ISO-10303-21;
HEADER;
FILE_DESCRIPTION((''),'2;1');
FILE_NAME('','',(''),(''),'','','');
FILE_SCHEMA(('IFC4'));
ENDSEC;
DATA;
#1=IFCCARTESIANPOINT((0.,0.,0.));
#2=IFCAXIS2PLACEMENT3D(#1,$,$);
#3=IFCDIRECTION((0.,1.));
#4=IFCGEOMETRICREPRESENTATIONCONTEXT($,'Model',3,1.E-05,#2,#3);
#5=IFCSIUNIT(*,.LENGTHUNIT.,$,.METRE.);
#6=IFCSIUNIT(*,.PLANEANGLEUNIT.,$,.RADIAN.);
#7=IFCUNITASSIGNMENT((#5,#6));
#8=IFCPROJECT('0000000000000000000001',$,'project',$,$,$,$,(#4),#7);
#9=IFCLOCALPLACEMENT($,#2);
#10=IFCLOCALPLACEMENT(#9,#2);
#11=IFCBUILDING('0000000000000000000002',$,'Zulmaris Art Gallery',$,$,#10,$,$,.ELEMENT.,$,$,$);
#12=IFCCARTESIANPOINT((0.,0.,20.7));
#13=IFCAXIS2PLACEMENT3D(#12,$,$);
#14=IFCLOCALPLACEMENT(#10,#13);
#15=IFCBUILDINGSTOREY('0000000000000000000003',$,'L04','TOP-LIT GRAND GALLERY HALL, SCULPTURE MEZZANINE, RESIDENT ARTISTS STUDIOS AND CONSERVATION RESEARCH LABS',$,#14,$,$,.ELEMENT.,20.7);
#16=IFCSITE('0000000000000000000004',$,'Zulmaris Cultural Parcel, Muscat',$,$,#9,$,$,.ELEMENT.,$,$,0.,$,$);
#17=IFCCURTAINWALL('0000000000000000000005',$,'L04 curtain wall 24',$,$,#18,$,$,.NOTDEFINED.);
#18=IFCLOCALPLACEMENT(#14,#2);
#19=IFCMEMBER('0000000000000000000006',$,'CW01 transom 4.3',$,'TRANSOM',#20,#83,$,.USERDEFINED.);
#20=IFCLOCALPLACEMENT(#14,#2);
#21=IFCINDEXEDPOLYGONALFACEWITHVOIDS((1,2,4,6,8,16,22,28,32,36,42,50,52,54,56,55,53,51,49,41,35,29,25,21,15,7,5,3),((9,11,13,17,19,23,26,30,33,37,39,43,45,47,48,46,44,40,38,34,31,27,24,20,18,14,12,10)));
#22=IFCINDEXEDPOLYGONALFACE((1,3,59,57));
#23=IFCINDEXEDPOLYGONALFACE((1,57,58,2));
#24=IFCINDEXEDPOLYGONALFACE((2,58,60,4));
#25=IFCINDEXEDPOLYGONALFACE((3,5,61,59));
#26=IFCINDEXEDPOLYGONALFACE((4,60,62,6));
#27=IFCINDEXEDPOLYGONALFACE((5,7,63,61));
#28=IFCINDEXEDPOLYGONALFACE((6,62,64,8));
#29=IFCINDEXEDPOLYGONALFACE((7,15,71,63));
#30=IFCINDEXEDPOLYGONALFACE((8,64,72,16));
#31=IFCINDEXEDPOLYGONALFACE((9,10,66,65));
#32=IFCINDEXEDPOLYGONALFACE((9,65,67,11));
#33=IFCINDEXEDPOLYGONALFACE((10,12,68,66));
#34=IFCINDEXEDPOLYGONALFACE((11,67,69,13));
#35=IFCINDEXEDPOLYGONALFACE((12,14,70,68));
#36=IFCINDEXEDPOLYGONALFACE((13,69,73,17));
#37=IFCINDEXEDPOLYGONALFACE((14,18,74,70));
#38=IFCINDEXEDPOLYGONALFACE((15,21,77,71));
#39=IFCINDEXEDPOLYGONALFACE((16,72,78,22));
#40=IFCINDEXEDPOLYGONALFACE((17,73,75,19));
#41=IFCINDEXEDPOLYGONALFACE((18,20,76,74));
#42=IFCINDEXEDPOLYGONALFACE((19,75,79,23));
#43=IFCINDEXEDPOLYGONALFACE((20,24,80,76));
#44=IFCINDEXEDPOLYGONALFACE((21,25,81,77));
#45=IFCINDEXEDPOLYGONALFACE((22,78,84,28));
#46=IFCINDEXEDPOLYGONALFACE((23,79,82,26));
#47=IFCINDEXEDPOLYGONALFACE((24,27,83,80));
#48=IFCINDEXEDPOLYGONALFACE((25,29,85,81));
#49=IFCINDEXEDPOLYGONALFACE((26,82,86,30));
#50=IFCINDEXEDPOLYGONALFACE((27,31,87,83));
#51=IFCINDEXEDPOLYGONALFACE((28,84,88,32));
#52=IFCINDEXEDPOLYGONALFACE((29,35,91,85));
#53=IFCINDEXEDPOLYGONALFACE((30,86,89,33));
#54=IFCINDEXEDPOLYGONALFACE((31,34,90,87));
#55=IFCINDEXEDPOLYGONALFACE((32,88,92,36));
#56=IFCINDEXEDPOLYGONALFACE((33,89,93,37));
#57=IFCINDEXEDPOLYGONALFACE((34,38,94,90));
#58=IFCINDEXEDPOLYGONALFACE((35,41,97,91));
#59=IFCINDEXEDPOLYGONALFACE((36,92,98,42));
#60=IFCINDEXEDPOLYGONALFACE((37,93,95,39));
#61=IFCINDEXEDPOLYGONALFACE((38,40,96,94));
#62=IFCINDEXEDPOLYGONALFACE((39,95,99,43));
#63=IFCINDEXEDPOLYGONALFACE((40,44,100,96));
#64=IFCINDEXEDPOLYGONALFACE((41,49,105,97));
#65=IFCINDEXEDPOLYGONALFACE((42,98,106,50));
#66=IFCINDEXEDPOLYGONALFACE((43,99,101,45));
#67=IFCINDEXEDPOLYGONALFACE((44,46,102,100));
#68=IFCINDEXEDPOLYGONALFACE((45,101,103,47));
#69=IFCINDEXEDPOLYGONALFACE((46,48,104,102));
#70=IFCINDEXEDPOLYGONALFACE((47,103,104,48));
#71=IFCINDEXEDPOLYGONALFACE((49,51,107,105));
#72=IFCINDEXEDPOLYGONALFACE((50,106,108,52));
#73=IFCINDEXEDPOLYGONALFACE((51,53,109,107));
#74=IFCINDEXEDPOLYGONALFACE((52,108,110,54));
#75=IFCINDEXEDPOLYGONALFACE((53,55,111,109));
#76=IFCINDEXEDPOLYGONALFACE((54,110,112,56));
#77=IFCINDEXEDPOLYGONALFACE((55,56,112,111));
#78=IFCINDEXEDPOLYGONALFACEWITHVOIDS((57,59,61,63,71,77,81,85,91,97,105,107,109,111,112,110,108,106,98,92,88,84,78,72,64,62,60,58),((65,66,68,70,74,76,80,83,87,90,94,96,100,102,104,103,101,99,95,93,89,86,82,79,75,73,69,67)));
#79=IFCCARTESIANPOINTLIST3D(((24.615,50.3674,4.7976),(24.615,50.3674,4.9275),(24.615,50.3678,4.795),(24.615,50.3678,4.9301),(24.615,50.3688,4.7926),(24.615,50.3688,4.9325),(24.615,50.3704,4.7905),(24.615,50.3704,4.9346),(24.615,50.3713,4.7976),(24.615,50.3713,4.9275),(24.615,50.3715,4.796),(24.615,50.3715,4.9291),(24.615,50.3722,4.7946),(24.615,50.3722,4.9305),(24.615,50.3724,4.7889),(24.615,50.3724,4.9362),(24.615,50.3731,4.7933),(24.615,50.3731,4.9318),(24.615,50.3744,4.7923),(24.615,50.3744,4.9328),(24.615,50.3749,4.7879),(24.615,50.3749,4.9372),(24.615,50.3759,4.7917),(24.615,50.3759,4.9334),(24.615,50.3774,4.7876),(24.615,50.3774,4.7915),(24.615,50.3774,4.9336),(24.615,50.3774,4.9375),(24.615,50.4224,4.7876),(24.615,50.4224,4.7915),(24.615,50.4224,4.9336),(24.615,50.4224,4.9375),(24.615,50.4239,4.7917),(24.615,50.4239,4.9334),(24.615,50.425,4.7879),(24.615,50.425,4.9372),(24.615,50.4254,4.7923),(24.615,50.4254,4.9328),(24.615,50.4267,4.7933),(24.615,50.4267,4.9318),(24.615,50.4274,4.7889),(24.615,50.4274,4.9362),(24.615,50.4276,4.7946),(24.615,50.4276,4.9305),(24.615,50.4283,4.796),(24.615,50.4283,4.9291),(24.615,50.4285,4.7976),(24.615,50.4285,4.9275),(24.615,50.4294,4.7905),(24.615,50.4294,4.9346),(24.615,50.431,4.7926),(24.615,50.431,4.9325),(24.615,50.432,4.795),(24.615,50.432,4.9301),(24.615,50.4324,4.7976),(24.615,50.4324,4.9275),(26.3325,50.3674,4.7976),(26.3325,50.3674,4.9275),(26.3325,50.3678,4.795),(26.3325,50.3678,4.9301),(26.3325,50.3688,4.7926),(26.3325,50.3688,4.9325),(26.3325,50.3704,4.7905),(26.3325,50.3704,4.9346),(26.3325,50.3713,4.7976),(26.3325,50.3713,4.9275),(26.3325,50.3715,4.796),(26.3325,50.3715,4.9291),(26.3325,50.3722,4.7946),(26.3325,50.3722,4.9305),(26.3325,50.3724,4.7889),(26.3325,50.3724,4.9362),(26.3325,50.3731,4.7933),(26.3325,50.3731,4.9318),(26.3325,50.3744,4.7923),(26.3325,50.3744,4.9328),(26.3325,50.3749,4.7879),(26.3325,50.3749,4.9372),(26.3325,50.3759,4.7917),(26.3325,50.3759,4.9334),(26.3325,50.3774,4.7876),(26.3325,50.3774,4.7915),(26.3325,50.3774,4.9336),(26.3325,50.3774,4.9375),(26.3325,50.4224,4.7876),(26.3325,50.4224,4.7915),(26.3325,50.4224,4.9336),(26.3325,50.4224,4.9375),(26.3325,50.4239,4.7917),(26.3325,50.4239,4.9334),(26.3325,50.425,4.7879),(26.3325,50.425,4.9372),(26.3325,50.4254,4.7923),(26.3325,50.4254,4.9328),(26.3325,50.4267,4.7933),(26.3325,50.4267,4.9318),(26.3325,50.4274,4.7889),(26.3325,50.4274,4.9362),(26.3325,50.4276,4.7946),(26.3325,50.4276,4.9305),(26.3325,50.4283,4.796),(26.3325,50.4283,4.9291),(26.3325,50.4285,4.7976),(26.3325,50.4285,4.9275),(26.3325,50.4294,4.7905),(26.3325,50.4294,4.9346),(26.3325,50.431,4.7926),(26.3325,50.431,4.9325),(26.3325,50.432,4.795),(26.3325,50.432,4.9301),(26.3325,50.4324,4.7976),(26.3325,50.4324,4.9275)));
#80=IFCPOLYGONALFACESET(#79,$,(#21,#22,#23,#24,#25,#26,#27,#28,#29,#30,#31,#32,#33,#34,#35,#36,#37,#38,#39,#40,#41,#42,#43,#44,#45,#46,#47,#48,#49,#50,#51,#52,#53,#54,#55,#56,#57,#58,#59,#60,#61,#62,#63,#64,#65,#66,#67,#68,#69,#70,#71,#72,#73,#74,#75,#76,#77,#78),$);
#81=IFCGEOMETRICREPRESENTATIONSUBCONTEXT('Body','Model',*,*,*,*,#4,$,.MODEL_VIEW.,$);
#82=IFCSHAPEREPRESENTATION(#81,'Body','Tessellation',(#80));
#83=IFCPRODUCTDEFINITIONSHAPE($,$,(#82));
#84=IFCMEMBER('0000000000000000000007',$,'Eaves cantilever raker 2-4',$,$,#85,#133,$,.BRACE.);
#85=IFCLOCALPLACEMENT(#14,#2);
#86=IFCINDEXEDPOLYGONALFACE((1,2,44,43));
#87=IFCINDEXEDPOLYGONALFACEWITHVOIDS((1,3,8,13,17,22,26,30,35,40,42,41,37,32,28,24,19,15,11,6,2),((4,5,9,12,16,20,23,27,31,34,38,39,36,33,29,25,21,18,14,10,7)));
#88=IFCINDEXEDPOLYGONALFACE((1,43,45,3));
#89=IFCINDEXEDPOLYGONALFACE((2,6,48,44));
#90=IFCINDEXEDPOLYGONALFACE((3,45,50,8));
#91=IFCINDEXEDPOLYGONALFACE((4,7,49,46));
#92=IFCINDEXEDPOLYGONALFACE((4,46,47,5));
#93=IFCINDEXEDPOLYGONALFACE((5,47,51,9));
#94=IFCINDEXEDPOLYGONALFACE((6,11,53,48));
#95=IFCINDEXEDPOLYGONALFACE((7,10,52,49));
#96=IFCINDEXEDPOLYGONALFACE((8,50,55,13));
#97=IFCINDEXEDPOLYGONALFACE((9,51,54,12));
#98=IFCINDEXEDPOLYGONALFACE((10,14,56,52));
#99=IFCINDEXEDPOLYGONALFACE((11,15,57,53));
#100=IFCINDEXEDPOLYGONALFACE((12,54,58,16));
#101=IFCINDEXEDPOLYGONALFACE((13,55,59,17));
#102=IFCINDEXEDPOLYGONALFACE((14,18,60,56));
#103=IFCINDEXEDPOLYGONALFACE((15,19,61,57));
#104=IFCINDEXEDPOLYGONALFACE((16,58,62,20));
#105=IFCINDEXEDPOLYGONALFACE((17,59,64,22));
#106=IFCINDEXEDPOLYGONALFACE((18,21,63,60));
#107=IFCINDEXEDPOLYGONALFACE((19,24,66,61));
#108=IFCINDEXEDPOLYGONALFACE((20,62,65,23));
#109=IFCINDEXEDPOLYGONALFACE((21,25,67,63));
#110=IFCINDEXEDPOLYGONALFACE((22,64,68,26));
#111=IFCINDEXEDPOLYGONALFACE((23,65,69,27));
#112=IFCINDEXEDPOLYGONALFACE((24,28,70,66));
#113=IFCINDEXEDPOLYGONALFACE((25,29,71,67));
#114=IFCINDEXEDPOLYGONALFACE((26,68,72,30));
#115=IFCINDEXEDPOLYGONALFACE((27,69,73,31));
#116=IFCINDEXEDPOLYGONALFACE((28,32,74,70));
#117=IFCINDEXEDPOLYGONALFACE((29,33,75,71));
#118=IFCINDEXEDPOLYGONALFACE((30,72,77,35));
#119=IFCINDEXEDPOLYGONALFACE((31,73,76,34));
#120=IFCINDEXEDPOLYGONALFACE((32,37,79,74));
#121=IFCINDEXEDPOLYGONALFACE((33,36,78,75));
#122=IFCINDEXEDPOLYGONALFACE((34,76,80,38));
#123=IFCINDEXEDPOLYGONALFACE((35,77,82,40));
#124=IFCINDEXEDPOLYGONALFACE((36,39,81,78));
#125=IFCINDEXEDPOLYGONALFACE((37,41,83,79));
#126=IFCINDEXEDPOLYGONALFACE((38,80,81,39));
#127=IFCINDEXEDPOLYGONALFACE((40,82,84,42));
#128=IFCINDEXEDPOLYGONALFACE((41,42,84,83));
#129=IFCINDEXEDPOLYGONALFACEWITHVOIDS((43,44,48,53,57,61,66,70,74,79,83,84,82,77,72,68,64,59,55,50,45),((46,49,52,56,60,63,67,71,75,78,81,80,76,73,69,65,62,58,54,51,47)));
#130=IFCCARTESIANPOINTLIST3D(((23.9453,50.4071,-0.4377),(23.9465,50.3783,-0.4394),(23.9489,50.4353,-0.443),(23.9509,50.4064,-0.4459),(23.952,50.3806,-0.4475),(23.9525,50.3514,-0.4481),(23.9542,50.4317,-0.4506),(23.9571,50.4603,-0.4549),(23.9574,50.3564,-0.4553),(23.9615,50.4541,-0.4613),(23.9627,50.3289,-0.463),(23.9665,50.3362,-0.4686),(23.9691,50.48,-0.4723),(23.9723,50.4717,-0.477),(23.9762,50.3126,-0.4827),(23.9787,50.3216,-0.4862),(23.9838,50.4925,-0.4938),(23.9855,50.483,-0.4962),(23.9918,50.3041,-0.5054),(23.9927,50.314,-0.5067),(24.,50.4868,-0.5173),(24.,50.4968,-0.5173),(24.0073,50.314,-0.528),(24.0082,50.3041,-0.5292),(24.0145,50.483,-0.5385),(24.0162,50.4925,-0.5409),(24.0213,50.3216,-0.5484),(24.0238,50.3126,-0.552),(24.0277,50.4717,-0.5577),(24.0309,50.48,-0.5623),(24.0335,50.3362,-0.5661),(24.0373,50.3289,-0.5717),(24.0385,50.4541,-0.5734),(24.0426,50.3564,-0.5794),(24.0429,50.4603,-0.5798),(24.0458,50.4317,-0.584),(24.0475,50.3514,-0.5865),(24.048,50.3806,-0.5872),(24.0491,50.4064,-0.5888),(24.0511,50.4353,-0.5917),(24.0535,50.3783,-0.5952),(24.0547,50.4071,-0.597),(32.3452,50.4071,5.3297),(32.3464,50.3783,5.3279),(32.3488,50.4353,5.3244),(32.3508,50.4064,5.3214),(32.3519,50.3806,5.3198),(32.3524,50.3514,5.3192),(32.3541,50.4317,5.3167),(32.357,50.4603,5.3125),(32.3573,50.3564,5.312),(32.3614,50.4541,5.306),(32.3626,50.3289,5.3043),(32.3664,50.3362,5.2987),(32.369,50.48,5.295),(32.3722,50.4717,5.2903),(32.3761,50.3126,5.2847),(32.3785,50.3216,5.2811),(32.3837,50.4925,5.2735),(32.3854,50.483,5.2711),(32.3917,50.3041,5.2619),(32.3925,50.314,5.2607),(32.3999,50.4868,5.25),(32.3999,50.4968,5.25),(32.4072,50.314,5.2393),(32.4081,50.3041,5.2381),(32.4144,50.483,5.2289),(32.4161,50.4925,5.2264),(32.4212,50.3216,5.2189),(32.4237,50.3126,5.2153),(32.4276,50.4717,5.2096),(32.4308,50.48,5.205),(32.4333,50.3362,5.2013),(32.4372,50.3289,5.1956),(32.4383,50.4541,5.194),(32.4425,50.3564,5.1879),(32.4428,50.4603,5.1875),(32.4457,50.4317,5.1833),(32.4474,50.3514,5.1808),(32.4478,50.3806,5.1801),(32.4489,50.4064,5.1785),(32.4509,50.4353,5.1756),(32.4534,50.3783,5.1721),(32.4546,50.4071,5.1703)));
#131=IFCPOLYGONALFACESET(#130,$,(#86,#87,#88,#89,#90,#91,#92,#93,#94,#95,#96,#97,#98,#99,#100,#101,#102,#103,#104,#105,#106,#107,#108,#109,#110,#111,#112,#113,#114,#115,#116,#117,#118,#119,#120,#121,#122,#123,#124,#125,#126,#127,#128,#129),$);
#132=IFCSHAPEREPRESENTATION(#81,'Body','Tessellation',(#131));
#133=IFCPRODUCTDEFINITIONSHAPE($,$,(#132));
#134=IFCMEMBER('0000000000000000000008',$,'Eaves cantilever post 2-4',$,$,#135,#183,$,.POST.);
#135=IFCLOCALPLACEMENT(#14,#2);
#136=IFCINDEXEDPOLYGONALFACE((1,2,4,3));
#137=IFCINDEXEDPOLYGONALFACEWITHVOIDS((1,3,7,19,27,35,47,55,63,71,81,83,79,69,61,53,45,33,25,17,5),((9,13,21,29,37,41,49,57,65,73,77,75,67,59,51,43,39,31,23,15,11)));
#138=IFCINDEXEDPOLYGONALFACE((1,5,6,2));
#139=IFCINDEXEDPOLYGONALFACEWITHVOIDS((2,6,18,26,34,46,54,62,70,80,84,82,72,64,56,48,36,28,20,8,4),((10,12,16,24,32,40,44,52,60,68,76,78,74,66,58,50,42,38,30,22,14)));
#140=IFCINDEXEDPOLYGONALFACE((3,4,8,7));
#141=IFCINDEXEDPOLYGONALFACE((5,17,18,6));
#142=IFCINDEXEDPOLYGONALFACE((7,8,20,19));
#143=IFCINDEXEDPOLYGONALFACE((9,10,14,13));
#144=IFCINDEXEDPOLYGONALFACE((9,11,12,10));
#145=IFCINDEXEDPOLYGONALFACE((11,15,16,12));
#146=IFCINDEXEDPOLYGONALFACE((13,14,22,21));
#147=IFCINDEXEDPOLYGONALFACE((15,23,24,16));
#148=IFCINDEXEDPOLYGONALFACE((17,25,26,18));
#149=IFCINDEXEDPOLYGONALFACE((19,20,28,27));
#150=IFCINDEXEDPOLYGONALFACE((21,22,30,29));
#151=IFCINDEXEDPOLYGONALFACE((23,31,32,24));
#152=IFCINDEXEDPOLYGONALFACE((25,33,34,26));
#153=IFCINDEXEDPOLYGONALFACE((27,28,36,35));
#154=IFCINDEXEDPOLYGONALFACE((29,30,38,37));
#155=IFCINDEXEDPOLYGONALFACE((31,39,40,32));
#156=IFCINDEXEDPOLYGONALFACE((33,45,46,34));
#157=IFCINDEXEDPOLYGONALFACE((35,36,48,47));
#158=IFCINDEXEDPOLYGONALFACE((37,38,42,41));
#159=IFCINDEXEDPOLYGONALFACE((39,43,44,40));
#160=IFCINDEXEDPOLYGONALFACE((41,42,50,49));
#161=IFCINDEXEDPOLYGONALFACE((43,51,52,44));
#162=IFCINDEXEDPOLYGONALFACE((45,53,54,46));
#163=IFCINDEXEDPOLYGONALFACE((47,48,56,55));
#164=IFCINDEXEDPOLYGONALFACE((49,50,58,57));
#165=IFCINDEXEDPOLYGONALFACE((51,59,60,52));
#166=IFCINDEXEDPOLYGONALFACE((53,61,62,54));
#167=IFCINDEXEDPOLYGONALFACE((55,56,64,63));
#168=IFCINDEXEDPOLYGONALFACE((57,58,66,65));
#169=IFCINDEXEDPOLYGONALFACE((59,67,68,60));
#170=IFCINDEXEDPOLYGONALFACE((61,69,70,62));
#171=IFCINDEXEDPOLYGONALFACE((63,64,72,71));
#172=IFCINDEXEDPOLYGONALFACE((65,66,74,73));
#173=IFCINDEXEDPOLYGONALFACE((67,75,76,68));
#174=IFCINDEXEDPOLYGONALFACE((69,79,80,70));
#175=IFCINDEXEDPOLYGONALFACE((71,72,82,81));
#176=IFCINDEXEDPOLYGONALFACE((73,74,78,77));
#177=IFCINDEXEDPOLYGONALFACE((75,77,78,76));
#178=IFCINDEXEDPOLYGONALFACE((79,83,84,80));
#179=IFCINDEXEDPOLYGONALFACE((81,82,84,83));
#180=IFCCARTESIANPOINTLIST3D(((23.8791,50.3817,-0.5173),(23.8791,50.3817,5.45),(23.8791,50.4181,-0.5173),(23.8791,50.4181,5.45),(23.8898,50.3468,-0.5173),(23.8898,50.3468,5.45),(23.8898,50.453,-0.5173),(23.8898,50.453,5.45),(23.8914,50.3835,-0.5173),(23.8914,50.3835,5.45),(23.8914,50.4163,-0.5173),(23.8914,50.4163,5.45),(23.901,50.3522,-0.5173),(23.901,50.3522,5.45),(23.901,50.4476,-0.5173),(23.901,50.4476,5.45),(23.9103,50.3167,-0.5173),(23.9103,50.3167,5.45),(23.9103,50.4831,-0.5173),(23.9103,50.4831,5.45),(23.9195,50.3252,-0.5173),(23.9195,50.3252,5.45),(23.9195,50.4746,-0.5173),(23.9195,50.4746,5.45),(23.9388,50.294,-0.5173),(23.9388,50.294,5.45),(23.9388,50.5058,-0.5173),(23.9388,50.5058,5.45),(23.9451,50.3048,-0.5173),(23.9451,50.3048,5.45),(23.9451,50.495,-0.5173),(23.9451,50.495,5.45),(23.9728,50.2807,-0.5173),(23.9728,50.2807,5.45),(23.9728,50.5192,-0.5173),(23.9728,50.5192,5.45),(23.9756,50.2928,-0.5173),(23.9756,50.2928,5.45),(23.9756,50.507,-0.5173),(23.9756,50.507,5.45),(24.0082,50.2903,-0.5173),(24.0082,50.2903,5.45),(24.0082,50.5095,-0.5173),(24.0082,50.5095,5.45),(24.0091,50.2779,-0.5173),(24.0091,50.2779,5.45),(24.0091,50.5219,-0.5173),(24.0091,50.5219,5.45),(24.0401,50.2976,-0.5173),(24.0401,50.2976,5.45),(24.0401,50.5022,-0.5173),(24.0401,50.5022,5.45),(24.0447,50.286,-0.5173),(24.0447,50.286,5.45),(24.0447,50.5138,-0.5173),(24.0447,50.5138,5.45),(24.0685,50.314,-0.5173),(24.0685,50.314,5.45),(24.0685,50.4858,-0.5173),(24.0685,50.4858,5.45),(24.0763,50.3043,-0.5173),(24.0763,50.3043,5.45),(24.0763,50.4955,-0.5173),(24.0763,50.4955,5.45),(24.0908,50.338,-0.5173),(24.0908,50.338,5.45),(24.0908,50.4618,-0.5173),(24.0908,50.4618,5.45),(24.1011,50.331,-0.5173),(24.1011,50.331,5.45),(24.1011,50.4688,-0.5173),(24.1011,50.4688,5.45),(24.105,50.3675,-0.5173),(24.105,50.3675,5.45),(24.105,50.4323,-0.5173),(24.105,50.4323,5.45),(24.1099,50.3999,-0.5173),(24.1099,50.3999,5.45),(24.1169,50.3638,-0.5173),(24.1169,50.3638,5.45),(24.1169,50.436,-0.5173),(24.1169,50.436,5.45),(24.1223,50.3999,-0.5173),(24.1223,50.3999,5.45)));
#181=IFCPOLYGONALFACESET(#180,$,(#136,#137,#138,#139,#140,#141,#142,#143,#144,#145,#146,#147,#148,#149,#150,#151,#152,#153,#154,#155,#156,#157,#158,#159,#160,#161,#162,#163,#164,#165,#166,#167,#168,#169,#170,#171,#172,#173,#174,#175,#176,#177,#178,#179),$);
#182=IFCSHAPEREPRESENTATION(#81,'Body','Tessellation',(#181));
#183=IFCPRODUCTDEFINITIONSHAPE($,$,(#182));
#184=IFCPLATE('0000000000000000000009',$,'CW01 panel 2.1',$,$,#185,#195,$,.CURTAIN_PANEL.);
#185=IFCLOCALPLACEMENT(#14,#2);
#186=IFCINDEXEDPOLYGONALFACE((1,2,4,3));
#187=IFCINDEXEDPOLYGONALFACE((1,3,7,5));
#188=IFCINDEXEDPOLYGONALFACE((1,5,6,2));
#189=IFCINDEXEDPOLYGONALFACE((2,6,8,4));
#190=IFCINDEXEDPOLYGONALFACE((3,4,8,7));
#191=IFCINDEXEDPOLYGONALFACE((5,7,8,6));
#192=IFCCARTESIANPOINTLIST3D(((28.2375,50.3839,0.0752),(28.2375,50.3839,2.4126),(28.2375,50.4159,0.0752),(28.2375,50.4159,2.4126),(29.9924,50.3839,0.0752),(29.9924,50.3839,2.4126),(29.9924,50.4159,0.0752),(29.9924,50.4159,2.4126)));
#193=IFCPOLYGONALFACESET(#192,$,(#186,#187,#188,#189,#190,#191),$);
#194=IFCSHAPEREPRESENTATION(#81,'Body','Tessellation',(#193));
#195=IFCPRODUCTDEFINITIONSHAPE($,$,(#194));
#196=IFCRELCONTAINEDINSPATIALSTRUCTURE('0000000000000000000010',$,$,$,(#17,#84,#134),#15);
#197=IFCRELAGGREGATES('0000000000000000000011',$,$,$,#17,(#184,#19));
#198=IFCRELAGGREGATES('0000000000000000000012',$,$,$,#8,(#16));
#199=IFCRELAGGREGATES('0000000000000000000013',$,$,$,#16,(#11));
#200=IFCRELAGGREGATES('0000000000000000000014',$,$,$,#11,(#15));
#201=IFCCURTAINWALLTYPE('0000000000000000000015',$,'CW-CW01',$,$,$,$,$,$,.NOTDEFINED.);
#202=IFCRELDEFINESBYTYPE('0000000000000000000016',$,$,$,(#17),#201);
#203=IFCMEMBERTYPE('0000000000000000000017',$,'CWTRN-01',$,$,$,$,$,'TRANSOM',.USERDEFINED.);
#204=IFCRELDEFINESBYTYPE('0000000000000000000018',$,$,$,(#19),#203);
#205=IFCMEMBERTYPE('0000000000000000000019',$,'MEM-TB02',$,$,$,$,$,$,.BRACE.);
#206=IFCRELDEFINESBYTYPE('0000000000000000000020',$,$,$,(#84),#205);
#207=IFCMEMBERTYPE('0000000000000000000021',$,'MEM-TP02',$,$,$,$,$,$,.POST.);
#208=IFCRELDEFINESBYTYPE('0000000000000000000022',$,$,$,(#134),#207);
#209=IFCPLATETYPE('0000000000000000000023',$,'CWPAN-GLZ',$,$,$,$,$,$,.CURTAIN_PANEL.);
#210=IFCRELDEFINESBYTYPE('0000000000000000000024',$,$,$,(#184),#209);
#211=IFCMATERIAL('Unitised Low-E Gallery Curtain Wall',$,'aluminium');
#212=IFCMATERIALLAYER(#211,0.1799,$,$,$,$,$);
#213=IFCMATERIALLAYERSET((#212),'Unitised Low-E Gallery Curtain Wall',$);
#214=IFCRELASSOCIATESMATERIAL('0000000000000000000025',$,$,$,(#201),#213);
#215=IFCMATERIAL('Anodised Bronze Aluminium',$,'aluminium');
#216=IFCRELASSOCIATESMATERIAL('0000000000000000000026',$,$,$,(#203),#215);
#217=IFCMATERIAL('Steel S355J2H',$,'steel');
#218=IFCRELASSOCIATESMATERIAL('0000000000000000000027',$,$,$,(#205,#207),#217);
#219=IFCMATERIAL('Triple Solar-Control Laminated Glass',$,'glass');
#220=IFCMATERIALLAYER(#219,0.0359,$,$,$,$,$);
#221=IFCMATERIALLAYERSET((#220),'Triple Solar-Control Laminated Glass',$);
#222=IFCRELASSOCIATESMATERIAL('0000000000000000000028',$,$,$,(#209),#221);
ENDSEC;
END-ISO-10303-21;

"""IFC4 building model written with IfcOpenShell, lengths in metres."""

from ifc_helpers import new_model, si_unit, direction, frame, origin, origin_2d, place, context, subcontext, project, spatial, rectangle, hollow_rectangle, hollow_circle, extrude, material, layer, layer_set, material_profile, profile_set, type_object, element, aggregate, save


model = new_model("IFC4")

# Units and contexts
model_context = context("Model", 3, precision=1e-05, world=origin(), true_north=direction((0.0, 1.0)))
body_context = subcontext(model_context, "Body", "Model", "MODEL_VIEW")
ifc_project = project(units=[si_unit("LENGTHUNIT", "METRE"), si_unit("PLANEANGLEUNIT", "RADIAN")], contexts=[model_context])

# Site, building, storey
site_placement = place(None, origin())
site = spatial("IfcSite", under=ifc_project, at=site_placement, Name="Zulmaris Cultural Parcel, Muscat", CompositionType="ELEMENT", RefElevation=0.0)
building_placement = place(site_placement, origin())
building = spatial("IfcBuilding", under=site, at=building_placement, Name="Zulmaris Art Gallery", CompositionType="ELEMENT")
storey_placement = place(building_placement, frame((0.0, 0.0, 20.7)))
storey = spatial("IfcBuildingStorey", under=building, at=storey_placement, Name="L04", Description="TOP-LIT GRAND GALLERY HALL, SCULPTURE MEZZANINE, RESIDENT ARTISTS STUDIOS AND CONSERVATION RESEARCH LABS", CompositionType="ELEMENT", Elevation=20.7)

# Curtain wall, member
ifc_material_1 = material(Name="Unitised Low-E Gallery Curtain Wall", Category="aluminium")
ifc_layer_1 = layer(ifc_material_1, 0.1799)
ifc_layer_set_1 = layer_set([ifc_layer_1], Name="Unitised Low-E Gallery Curtain Wall")
curtain_wall_type = type_object("IfcCurtainWallType", Name="CW-CW01", PredefinedType="NOTDEFINED", material=ifc_layer_set_1)
curtain_wall_placement = place(storey_placement, origin())
curtain_wall = element("IfcCurtainWall", 1, at=curtain_wall_placement, inside=storey, type_object=curtain_wall_type, Name="L04 curtain wall 24", PredefinedType="NOTDEFINED")
ifc_material_2 = material(Name="Anodised Bronze Aluminium", Category="aluminium")
ifc_material_profile_1 = material_profile(ifc_material_2, hollow_rectangle(XDim=0.0649, YDim=0.1499, WallThickness=0.0039, InnerFilletRadius=0.0061, OuterFilletRadius=0.01, at=origin_2d()), Name="ALU 65x150x4")
ifc_profile_set_1 = profile_set([ifc_material_profile_1], Name="Anodised Bronze Aluminium")
member_type_1 = type_object("IfcMemberType", Name="CWTRN-01", ElementType="TRANSOM", PredefinedType="USERDEFINED", material=ifc_profile_set_1)
member_1_placement = place(storey_placement, frame((26.3325, 50.3999, 4.8625), z_axis=(-1.0, 0.0, 0.0), x_axis=(0.0, -1.0, 0.0)))
member_1 = element("IfcMember", 2, at=member_1_placement, type_object=member_type_1, Name="CW01 transom 4.3", ObjectType="TRANSOM", PredefinedType="USERDEFINED", context=body_context, shape_type="SweptSolid", body=[
    extrude(hollow_rectangle(XDim=0.0649, YDim=0.1499, WallThickness=0.0039, InnerFilletRadius=0.0061, OuterFilletRadius=0.01, at=origin_2d()), origin(), (0.0, 0.0, 1.0), 1.7175),
])

# Members
ifc_material_3 = material(Name="Steel S355J2H", Category="steel")
ifc_material_profile_2 = material_profile(ifc_material_3, hollow_circle(Radius=0.0969, WallThickness=0.01, at=origin_2d()), Name="CHS 193.7x10")
ifc_profile_set_2 = profile_set([ifc_material_profile_2], Name="Steel S355J2H")
member_type_2 = type_object("IfcMemberType", Name="MEM-TB02", PredefinedType="BRACE", material=ifc_profile_set_2)
member_2_placement = place(storey_placement, frame((24.0, 50.3999, -0.5173), z_axis=(0.82439, 0.0, 0.566022), x_axis=(0.0, 1.0, 0.0)))
element("IfcMember", 3, at=member_2_placement, inside=storey, type_object=member_type_2, Name="Eaves cantilever raker 2-4", PredefinedType="BRACE", context=body_context, shape_type="SweptSolid", body=[
    extrude(hollow_circle(Radius=0.0969, WallThickness=0.01, at=origin_2d()), origin(), (0.0, 0.0, 1.0), 10.1892),
])
ifc_material_profile_3 = material_profile(ifc_material_3, hollow_circle(Radius=0.1223, WallThickness=0.0125, at=origin_2d()), Name="CHS 244.5x12.5")
ifc_profile_set_3 = profile_set([ifc_material_profile_3], Name="Steel S355J2H")
member_type_3 = type_object("IfcMemberType", Name="MEM-TP02", PredefinedType="POST", material=ifc_profile_set_3)
member_3_placement = place(storey_placement, frame((24.0, 50.3999, -0.5173), z_axis=(0.0, 0.0, 1.0), x_axis=(1.0, 0.0, 0.0)))
element("IfcMember", 4, at=member_3_placement, inside=storey, type_object=member_type_3, Name="Eaves cantilever post 2-4", PredefinedType="POST", context=body_context, shape_type="SweptSolid", body=[
    extrude(hollow_circle(Radius=0.1223, WallThickness=0.0125, at=origin_2d()), origin(), (0.0, 0.0, 1.0), 5.9673),
])

# Plate
ifc_material_4 = material(Name="Triple Solar-Control Laminated Glass", Category="glass")
ifc_layer_2 = layer(ifc_material_4, 0.0359)
ifc_layer_set_2 = layer_set([ifc_layer_2], Name="Triple Solar-Control Laminated Glass")
plate_type_1 = type_object("IfcPlateType", Name="CWPAN-GLZ", PredefinedType="CURTAIN_PANEL", material=ifc_layer_set_2)
plate_1_placement = place(storey_placement, frame((29.115, 50.3999, 0.0752), z_axis=(0.0, 0.0, 1.0), x_axis=(-1.0, 0.0, 0.0)))
plate_1 = element("IfcPlate", 5, at=plate_1_placement, type_object=plate_type_1, Name="CW01 panel 2.1", PredefinedType="CURTAIN_PANEL", context=body_context, shape_type="SweptSolid", body=[
    extrude(rectangle(XDim=1.7549, YDim=0.032, at=origin_2d()), origin(), (0.0, 0.0, 1.0), 2.3374),
])
aggregate(curtain_wall, [plate_1, member_1])

save(model, "model.ifc")
